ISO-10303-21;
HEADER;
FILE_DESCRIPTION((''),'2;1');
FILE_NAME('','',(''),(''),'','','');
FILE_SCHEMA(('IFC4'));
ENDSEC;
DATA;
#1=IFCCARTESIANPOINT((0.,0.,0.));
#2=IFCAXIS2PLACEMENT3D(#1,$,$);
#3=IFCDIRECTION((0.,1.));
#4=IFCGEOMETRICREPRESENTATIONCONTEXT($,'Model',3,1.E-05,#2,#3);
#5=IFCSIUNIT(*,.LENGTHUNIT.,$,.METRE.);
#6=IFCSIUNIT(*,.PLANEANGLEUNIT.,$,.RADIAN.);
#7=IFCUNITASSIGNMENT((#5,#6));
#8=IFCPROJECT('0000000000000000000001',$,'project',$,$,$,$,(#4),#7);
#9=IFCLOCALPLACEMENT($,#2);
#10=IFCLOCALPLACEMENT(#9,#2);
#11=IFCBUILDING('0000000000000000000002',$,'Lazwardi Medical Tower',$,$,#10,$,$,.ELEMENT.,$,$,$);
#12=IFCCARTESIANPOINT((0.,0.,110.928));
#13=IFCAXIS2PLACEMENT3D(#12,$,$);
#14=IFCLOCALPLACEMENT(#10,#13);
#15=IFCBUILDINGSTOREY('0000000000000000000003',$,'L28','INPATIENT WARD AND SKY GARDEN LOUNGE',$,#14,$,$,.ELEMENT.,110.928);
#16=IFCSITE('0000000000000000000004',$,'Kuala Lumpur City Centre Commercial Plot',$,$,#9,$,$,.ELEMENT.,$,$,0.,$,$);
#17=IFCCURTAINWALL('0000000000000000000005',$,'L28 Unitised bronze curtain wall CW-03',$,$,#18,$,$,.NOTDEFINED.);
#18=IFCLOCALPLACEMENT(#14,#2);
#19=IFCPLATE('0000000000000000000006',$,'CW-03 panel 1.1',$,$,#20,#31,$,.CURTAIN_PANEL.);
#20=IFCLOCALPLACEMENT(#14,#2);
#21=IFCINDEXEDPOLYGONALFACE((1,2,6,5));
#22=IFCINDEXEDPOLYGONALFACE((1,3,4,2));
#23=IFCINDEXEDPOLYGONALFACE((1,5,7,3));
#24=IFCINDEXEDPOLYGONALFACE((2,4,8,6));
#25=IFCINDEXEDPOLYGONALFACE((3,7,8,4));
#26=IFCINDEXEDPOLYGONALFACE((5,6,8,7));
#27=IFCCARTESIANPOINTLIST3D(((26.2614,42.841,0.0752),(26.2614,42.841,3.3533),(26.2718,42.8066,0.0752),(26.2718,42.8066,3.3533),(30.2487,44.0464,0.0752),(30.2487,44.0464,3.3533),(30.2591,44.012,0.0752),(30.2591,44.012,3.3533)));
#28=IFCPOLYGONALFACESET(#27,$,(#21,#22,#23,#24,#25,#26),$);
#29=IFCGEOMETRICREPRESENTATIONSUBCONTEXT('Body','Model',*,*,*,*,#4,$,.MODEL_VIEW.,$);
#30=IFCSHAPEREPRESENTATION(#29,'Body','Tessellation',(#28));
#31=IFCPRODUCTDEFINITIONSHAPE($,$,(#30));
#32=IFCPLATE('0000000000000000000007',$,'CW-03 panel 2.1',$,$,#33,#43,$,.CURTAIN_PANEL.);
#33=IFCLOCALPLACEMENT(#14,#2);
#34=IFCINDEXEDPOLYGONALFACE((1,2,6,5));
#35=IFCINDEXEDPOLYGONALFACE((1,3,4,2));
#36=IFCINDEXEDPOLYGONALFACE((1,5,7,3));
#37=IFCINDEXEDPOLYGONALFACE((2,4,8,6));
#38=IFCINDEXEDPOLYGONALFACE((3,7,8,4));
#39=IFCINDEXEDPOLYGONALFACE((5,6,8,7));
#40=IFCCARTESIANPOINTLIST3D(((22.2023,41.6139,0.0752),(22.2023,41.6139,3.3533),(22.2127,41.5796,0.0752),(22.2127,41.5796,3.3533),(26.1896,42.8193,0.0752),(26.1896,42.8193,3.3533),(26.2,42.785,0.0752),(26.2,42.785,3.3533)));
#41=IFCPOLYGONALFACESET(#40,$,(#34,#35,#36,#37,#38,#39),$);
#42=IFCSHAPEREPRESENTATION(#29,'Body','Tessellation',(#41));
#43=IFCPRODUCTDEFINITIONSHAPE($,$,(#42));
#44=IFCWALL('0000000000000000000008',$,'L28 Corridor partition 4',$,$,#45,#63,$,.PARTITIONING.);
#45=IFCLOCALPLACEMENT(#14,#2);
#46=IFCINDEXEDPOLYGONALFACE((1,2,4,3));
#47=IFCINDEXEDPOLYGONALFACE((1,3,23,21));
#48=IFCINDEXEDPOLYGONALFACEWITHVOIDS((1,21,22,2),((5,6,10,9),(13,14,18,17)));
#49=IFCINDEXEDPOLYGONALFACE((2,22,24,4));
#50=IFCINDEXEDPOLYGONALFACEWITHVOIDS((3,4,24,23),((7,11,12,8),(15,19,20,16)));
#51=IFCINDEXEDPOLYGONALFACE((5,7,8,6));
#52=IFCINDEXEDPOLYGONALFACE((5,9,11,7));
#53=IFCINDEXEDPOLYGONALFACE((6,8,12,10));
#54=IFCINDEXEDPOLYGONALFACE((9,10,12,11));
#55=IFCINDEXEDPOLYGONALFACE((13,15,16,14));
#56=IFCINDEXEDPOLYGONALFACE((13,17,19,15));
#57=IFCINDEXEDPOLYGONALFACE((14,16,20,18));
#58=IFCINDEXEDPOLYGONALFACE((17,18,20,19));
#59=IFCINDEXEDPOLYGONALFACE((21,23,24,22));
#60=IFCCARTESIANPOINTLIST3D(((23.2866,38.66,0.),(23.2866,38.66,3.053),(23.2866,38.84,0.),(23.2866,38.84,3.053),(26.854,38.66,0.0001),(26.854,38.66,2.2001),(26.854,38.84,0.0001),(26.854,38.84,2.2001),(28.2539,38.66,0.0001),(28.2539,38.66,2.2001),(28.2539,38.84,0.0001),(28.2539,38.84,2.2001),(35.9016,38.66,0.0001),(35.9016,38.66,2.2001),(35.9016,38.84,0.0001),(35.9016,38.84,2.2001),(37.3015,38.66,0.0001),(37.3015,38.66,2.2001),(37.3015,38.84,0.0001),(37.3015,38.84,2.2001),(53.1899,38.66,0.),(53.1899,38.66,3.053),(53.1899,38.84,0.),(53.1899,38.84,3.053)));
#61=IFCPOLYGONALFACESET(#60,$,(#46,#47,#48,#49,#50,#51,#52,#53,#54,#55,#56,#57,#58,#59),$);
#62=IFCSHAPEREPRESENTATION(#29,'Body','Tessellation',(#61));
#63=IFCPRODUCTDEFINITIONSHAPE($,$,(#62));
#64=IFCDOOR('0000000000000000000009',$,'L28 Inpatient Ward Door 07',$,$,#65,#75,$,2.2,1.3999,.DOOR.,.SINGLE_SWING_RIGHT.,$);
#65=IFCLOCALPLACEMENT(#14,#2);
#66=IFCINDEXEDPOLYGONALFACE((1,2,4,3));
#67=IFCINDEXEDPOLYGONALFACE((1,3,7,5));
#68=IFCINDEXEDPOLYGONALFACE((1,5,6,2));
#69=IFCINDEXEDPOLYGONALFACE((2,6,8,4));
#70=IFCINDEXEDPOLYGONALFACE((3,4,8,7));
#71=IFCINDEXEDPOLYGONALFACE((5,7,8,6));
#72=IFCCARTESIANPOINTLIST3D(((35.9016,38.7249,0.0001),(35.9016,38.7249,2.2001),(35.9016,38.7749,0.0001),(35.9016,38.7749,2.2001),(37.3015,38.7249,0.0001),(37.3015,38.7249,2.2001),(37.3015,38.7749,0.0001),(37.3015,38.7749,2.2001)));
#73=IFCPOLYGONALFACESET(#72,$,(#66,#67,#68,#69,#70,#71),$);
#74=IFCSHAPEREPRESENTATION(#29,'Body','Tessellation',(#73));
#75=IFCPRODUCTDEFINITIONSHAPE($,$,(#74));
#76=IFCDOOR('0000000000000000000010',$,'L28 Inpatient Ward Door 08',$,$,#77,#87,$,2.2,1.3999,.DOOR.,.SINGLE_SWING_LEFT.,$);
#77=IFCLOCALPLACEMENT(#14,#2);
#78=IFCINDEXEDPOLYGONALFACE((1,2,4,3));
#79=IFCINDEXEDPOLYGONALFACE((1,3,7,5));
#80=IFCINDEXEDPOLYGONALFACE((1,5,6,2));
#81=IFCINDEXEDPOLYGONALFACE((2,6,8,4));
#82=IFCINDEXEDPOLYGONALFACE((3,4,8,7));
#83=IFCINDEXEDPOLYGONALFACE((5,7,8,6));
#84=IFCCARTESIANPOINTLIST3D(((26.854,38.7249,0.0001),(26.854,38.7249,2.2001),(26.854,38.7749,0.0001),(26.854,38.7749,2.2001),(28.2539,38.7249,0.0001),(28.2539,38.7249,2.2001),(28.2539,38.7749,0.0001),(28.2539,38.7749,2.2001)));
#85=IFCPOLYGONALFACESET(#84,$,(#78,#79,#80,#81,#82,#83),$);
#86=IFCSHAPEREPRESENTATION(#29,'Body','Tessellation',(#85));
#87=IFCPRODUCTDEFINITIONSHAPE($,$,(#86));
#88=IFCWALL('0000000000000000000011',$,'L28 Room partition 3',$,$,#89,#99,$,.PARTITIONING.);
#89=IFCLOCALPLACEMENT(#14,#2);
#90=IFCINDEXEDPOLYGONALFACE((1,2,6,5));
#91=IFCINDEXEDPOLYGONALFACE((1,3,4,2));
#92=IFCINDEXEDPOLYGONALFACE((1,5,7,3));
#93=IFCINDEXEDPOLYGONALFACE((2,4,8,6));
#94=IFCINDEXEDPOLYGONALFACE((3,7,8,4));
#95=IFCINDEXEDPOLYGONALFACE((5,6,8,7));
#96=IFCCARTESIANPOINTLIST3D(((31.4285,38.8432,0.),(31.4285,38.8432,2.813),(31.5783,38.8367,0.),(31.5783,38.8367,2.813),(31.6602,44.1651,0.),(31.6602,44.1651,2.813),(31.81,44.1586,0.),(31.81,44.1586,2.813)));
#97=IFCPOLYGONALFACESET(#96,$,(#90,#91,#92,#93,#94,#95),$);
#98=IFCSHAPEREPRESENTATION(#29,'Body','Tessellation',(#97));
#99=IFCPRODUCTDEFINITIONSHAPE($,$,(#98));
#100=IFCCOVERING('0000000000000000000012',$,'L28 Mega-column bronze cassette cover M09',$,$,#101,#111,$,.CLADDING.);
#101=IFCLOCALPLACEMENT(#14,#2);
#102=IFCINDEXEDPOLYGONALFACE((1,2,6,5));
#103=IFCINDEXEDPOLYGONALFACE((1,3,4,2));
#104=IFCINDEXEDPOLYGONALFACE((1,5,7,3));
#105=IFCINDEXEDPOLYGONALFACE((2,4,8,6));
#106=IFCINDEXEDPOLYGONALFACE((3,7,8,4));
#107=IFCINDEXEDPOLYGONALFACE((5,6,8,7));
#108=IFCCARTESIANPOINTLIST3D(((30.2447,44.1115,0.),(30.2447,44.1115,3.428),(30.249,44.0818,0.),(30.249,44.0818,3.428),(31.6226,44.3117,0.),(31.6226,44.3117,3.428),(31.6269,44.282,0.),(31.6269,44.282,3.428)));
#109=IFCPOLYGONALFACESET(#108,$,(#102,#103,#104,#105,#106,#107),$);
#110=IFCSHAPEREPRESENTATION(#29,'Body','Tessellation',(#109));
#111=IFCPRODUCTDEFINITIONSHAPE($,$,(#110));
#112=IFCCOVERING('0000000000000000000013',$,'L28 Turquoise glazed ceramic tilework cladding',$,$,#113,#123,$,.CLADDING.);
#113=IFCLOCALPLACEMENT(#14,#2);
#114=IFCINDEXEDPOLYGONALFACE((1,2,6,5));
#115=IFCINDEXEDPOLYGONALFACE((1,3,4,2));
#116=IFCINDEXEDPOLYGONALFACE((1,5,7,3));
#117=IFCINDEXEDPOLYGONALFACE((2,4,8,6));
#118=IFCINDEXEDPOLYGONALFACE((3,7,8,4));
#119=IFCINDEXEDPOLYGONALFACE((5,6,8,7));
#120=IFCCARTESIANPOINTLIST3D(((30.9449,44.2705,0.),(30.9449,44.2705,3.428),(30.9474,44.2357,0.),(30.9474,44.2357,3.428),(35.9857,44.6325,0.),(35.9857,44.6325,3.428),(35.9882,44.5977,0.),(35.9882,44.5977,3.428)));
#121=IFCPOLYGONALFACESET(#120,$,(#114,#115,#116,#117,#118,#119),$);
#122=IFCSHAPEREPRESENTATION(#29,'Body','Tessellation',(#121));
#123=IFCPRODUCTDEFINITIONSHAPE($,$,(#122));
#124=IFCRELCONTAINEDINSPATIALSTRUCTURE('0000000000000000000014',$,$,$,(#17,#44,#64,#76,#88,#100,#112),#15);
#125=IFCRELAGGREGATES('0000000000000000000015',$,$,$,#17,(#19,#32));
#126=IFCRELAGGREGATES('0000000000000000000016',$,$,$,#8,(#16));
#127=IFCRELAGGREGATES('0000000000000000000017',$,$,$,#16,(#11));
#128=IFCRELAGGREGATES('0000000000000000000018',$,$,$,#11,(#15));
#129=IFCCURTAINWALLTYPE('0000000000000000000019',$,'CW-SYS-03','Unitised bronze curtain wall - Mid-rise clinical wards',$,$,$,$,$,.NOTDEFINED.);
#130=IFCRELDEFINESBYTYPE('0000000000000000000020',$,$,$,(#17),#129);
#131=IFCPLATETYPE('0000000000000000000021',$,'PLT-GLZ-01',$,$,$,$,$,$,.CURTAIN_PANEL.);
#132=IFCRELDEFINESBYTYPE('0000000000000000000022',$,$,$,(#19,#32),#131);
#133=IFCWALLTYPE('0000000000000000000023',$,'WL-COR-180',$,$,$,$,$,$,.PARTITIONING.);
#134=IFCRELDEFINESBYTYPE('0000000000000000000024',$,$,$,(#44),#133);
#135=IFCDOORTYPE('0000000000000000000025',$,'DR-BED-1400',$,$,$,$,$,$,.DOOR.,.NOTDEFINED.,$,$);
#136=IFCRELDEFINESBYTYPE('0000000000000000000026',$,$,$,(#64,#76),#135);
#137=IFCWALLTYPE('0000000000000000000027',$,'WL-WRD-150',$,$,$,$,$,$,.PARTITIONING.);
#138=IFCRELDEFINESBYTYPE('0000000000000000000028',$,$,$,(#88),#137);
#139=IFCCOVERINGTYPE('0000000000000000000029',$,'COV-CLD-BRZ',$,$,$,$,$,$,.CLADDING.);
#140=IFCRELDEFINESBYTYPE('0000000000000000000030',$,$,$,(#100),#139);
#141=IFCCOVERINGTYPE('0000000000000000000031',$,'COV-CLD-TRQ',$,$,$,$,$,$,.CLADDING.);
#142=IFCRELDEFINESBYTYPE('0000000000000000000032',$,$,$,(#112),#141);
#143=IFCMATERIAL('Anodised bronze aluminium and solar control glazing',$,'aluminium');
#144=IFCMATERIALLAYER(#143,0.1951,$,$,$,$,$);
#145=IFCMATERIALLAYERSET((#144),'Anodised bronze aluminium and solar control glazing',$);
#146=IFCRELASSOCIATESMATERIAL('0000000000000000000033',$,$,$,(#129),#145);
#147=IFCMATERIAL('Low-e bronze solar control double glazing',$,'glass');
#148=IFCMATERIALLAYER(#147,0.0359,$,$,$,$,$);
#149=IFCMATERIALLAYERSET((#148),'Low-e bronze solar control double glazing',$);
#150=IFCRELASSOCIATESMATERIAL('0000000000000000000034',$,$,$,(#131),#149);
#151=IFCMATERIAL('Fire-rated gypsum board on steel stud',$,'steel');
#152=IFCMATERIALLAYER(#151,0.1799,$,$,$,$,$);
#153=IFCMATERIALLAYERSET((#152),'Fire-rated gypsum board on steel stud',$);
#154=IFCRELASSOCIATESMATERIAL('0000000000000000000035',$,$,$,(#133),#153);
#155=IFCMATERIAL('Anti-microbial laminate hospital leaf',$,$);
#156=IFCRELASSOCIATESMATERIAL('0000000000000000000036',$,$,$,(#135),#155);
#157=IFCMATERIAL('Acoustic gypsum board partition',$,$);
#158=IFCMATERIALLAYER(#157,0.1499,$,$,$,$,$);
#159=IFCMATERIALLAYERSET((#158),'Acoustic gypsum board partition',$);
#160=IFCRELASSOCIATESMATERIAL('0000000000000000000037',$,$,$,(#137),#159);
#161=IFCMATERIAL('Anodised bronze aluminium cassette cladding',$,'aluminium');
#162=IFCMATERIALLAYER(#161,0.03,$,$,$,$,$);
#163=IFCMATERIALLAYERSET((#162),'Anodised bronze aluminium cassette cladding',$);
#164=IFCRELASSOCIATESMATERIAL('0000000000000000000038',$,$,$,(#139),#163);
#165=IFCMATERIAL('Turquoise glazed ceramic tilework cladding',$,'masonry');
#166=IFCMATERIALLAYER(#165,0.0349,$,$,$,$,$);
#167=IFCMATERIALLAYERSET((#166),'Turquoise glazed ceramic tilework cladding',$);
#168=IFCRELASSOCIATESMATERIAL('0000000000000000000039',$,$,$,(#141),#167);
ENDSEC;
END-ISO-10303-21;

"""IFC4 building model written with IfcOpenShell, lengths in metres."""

from ifc_helpers import new_model, si_unit, direction, frame, frame_2d, origin, origin_2d, place, context, subcontext, project, spatial, rectangle, extrude, material, layer, layer_set, type_object, element, fill, aggregate, save


model = new_model("IFC4")

# Units and contexts
model_context = context("Model", 3, precision=1e-05, world=origin(), true_north=direction((0.0, 1.0)))
body_context = subcontext(model_context, "Body", "Model", "MODEL_VIEW")
ifc_project = project(units=[si_unit("LENGTHUNIT", "METRE"), si_unit("PLANEANGLEUNIT", "RADIAN")], contexts=[model_context])

# Site, building, storey
site_placement = place(None, origin())
site = spatial("IfcSite", under=ifc_project, at=site_placement, Name="Kuala Lumpur City Centre Commercial Plot", CompositionType="ELEMENT", RefElevation=0.0)
building_placement = place(site_placement, origin())
building = spatial("IfcBuilding", under=site, at=building_placement, Name="Lazwardi Medical Tower", CompositionType="ELEMENT")
storey_placement = place(building_placement, frame((0.0, 0.0, 110.928)))
storey = spatial("IfcBuildingStorey", under=building, at=storey_placement, Name="L28", Description="INPATIENT WARD AND SKY GARDEN LOUNGE", CompositionType="ELEMENT", Elevation=110.928)

# Curtain wall
ifc_material_1 = material(Name="Anodised bronze aluminium and solar control glazing", Category="aluminium")
ifc_layer_1 = layer(ifc_material_1, 0.1951)
ifc_layer_set_1 = layer_set([ifc_layer_1], Name="Anodised bronze aluminium and solar control glazing")
curtain_wall_type_1 = type_object("IfcCurtainWallType", Name="CW-SYS-03", Description="Unitised bronze curtain wall - Mid-rise clinical wards", PredefinedType="NOTDEFINED", material=ifc_layer_set_1)
curtain_wall_1_placement = place(storey_placement, origin())
curtain_wall_1 = element("IfcCurtainWall", 1, at=curtain_wall_1_placement, inside=storey, type_object=curtain_wall_type_1, Name="L28 Unitised bronze curtain wall CW-03", PredefinedType="NOTDEFINED")

# Plates
ifc_material_2 = material(Name="Low-e bronze solar control double glazing", Category="glass")
ifc_layer_2 = layer(ifc_material_2, 0.0359)
ifc_layer_set_2 = layer_set([ifc_layer_2], Name="Low-e bronze solar control double glazing")
plate_type = type_object("IfcPlateType", Name="PLT-GLZ-01", PredefinedType="CURTAIN_PANEL", material=ifc_layer_set_2)
plate_1_placement = place(storey_placement, frame((28.2603, 43.4265, 0.0752), z_axis=(0.0, 0.0, 1.0), x_axis=(-0.957216, -0.289374, 0.0)))
plate_1 = element("IfcPlate", 2, at=plate_1_placement, type_object=plate_type, Name="CW-03 panel 1.1", PredefinedType="CURTAIN_PANEL", context=body_context, shape_type="SweptSolid", body=[
    extrude(rectangle(XDim=4.1655, YDim=0.0359, at=origin_2d()), origin(), (0.0, 0.0, 1.0), 3.2781),
])
plate_2_placement = place(storey_placement, frame((24.2012, 42.1995, 0.0752), z_axis=(0.0, 0.0, 1.0), x_axis=(-0.957216, -0.289374, 0.0)))
plate_2 = element("IfcPlate", 3, at=plate_2_placement, type_object=plate_type, Name="CW-03 panel 2.1", PredefinedType="CURTAIN_PANEL", context=body_context, shape_type="SweptSolid", body=[
    extrude(rectangle(XDim=4.1655, YDim=0.0359, at=origin_2d()), origin(), (0.0, 0.0, 1.0), 3.2781),
])
aggregate(curtain_wall_1, [plate_1, plate_2])

# Wall, openings, doors
ifc_material_3 = material(Name="Fire-rated gypsum board on steel stud", Category="steel")
ifc_layer_3 = layer(ifc_material_3, 0.1799)
ifc_layer_set_3 = layer_set([ifc_layer_3], Name="Fire-rated gypsum board on steel stud")
wall_type_1 = type_object("IfcWallType", Name="WL-COR-180", PredefinedType="PARTITIONING", material=ifc_layer_set_3)
wall_1_placement = place(storey_placement, frame((23.2866, 38.75, 0.0), z_axis=(0.0, 0.0, 1.0), x_axis=(1.0, 0.0, 0.0)))
wall_1 = element("IfcWall", 4, at=wall_1_placement, inside=storey, type_object=wall_type_1, Name="L28 Corridor partition 4", PredefinedType="PARTITIONING", context=body_context, shape_type="SweptSolid", body=[
    extrude(rectangle(XDim=29.9033, YDim=0.1799, at=frame_2d((14.9517, 0.0))), origin(), (0.0, 0.0, 1.0), 3.053),
])
opening_1_placement = place(wall_1_placement, frame((12.615, 0.0, 0.0)))
opening_1 = element("IfcOpeningElement", 5, at=opening_1_placement, cuts=wall_1, PredefinedType="OPENING", context=body_context, shape_type="SweptSolid", body=[
    extrude(rectangle(XDim=1.3999, YDim=2.2, at=frame_2d((0.7, 1.1001))), frame((0.0, 0.0999, 0.0), z_axis=(0.0, -1.0, 0.0), x_axis=(1.0, 0.0, 0.0)), (0.0, 0.0, 1.0), 0.2),
])
opening_2_placement = place(wall_1_placement, frame((3.5674, 0.0, 0.0)))
opening_2 = element("IfcOpeningElement", 6, at=opening_2_placement, cuts=wall_1, PredefinedType="OPENING", context=body_context, shape_type="SweptSolid", body=[
    extrude(rectangle(XDim=1.3999, YDim=2.2, at=frame_2d((0.7, 1.1001))), frame((0.0, 0.0999, 0.0), z_axis=(0.0, -1.0, 0.0), x_axis=(1.0, 0.0, 0.0)), (0.0, 0.0, 1.0), 0.2),
])
ifc_material_4 = material(Name="Anti-microbial laminate hospital leaf")
door_type = type_object("IfcDoorType", Name="DR-BED-1400", OperationType="NOTDEFINED", PredefinedType="DOOR", material=ifc_material_4)
door_1_placement = place(opening_1_placement, origin())
door_1 = element("IfcDoor", 7, at=door_1_placement, inside=storey, type_object=door_type, Name="L28 Inpatient Ward Door 07", OperationType="SINGLE_SWING_RIGHT", OverallHeight=2.2, OverallWidth=1.3999, PredefinedType="DOOR", context=body_context, shape_type="SweptSolid", body=[
    extrude(rectangle(XDim=1.3999, YDim=2.2, at=frame_2d((0.7, 1.1001))), frame((0.0, 0.0249, 0.0), z_axis=(0.0, -1.0, 0.0), x_axis=(1.0, 0.0, 0.0)), (0.0, 0.0, 1.0), 0.05),
])
fill(opening_1, door_1)
door_2_placement = place(opening_2_placement, origin())
door_2 = element("IfcDoor", 8, at=door_2_placement, inside=storey, type_object=door_type, Name="L28 Inpatient Ward Door 08", OperationType="SINGLE_SWING_LEFT", OverallHeight=2.2, OverallWidth=1.3999, PredefinedType="DOOR", context=body_context, shape_type="SweptSolid", body=[
    extrude(rectangle(XDim=1.3999, YDim=2.2, at=frame_2d((0.7, 1.1001))), frame((0.0, 0.0249, 0.0), z_axis=(0.0, -1.0, 0.0), x_axis=(1.0, 0.0, 0.0)), (0.0, 0.0, 1.0), 0.05),
])
fill(opening_2, door_2)

# Wall
ifc_material_5 = material(Name="Acoustic gypsum board partition")
ifc_layer_4 = layer(ifc_material_5, 0.1499)
ifc_layer_set_4 = layer_set([ifc_layer_4], Name="Acoustic gypsum board partition")
wall_type_2 = type_object("IfcWallType", Name="WL-WRD-150", PredefinedType="PARTITIONING", material=ifc_layer_set_4)
wall_2_placement = place(storey_placement, frame((31.5034, 38.8398, 0.0), z_axis=(0.0, 0.0, 1.0), x_axis=(0.043495, 0.999054, 0.0)))
element("IfcWall", 9, at=wall_2_placement, inside=storey, type_object=wall_type_2, Name="L28 Room partition 3", PredefinedType="PARTITIONING", context=body_context, shape_type="SweptSolid", body=[
    extrude(rectangle(XDim=5.3269, YDim=0.1499, at=frame_2d((2.6636, 0.0))), origin(), (0.0, 0.0, 1.0), 2.813),
])

# Coverings
ifc_material_6 = material(Name="Anodised bronze aluminium cassette cladding", Category="aluminium")
ifc_layer_5 = layer(ifc_material_6, 0.03)
ifc_layer_set_5 = layer_set([ifc_layer_5], Name="Anodised bronze aluminium cassette cladding")
covering_type_1 = type_object("IfcCoveringType", Name="COV-CLD-BRZ", PredefinedType="CLADDING", material=ifc_layer_set_5)
covering_1_placement = place(storey_placement, frame((30.9358, 44.1968, 0.0), z_axis=(0.0, 0.0, 1.0), x_axis=(-0.989609, -0.143785, 0.0)))
element("IfcCovering", 10, at=covering_1_placement, inside=storey, type_object=covering_type_1, Name="L28 Mega-column bronze cassette cover M09", PredefinedType="CLADDING", context=body_context, shape_type="SweptSolid", body=[
    extrude(rectangle(XDim=1.3923, YDim=0.03, at=origin_2d()), origin(), (0.0, 0.0, 1.0), 3.428),
])
ifc_material_7 = material(Name="Turquoise glazed ceramic tilework cladding", Category="masonry")
ifc_layer_6 = layer(ifc_material_7, 0.0349)
ifc_layer_set_6 = layer_set([ifc_layer_6], Name="Turquoise glazed ceramic tilework cladding")
covering_type_2 = type_object("IfcCoveringType", Name="COV-CLD-TRQ", PredefinedType="CLADDING", material=ifc_layer_set_6)
covering_2_placement = place(storey_placement, frame((33.4666, 44.4341, 0.0), z_axis=(0.0, 0.0, 1.0), x_axis=(-0.997431, -0.071631, 0.0)))
element("IfcCovering", 11, at=covering_2_placement, inside=storey, type_object=covering_type_2, Name="L28 Turquoise glazed ceramic tilework cladding", PredefinedType="CLADDING", context=body_context, shape_type="SweptSolid", body=[
    extrude(rectangle(XDim=5.0537, YDim=0.0349, at=origin_2d()), origin(), (0.0, 0.0, 1.0), 3.428),
])

save(model, "model.ifc")
